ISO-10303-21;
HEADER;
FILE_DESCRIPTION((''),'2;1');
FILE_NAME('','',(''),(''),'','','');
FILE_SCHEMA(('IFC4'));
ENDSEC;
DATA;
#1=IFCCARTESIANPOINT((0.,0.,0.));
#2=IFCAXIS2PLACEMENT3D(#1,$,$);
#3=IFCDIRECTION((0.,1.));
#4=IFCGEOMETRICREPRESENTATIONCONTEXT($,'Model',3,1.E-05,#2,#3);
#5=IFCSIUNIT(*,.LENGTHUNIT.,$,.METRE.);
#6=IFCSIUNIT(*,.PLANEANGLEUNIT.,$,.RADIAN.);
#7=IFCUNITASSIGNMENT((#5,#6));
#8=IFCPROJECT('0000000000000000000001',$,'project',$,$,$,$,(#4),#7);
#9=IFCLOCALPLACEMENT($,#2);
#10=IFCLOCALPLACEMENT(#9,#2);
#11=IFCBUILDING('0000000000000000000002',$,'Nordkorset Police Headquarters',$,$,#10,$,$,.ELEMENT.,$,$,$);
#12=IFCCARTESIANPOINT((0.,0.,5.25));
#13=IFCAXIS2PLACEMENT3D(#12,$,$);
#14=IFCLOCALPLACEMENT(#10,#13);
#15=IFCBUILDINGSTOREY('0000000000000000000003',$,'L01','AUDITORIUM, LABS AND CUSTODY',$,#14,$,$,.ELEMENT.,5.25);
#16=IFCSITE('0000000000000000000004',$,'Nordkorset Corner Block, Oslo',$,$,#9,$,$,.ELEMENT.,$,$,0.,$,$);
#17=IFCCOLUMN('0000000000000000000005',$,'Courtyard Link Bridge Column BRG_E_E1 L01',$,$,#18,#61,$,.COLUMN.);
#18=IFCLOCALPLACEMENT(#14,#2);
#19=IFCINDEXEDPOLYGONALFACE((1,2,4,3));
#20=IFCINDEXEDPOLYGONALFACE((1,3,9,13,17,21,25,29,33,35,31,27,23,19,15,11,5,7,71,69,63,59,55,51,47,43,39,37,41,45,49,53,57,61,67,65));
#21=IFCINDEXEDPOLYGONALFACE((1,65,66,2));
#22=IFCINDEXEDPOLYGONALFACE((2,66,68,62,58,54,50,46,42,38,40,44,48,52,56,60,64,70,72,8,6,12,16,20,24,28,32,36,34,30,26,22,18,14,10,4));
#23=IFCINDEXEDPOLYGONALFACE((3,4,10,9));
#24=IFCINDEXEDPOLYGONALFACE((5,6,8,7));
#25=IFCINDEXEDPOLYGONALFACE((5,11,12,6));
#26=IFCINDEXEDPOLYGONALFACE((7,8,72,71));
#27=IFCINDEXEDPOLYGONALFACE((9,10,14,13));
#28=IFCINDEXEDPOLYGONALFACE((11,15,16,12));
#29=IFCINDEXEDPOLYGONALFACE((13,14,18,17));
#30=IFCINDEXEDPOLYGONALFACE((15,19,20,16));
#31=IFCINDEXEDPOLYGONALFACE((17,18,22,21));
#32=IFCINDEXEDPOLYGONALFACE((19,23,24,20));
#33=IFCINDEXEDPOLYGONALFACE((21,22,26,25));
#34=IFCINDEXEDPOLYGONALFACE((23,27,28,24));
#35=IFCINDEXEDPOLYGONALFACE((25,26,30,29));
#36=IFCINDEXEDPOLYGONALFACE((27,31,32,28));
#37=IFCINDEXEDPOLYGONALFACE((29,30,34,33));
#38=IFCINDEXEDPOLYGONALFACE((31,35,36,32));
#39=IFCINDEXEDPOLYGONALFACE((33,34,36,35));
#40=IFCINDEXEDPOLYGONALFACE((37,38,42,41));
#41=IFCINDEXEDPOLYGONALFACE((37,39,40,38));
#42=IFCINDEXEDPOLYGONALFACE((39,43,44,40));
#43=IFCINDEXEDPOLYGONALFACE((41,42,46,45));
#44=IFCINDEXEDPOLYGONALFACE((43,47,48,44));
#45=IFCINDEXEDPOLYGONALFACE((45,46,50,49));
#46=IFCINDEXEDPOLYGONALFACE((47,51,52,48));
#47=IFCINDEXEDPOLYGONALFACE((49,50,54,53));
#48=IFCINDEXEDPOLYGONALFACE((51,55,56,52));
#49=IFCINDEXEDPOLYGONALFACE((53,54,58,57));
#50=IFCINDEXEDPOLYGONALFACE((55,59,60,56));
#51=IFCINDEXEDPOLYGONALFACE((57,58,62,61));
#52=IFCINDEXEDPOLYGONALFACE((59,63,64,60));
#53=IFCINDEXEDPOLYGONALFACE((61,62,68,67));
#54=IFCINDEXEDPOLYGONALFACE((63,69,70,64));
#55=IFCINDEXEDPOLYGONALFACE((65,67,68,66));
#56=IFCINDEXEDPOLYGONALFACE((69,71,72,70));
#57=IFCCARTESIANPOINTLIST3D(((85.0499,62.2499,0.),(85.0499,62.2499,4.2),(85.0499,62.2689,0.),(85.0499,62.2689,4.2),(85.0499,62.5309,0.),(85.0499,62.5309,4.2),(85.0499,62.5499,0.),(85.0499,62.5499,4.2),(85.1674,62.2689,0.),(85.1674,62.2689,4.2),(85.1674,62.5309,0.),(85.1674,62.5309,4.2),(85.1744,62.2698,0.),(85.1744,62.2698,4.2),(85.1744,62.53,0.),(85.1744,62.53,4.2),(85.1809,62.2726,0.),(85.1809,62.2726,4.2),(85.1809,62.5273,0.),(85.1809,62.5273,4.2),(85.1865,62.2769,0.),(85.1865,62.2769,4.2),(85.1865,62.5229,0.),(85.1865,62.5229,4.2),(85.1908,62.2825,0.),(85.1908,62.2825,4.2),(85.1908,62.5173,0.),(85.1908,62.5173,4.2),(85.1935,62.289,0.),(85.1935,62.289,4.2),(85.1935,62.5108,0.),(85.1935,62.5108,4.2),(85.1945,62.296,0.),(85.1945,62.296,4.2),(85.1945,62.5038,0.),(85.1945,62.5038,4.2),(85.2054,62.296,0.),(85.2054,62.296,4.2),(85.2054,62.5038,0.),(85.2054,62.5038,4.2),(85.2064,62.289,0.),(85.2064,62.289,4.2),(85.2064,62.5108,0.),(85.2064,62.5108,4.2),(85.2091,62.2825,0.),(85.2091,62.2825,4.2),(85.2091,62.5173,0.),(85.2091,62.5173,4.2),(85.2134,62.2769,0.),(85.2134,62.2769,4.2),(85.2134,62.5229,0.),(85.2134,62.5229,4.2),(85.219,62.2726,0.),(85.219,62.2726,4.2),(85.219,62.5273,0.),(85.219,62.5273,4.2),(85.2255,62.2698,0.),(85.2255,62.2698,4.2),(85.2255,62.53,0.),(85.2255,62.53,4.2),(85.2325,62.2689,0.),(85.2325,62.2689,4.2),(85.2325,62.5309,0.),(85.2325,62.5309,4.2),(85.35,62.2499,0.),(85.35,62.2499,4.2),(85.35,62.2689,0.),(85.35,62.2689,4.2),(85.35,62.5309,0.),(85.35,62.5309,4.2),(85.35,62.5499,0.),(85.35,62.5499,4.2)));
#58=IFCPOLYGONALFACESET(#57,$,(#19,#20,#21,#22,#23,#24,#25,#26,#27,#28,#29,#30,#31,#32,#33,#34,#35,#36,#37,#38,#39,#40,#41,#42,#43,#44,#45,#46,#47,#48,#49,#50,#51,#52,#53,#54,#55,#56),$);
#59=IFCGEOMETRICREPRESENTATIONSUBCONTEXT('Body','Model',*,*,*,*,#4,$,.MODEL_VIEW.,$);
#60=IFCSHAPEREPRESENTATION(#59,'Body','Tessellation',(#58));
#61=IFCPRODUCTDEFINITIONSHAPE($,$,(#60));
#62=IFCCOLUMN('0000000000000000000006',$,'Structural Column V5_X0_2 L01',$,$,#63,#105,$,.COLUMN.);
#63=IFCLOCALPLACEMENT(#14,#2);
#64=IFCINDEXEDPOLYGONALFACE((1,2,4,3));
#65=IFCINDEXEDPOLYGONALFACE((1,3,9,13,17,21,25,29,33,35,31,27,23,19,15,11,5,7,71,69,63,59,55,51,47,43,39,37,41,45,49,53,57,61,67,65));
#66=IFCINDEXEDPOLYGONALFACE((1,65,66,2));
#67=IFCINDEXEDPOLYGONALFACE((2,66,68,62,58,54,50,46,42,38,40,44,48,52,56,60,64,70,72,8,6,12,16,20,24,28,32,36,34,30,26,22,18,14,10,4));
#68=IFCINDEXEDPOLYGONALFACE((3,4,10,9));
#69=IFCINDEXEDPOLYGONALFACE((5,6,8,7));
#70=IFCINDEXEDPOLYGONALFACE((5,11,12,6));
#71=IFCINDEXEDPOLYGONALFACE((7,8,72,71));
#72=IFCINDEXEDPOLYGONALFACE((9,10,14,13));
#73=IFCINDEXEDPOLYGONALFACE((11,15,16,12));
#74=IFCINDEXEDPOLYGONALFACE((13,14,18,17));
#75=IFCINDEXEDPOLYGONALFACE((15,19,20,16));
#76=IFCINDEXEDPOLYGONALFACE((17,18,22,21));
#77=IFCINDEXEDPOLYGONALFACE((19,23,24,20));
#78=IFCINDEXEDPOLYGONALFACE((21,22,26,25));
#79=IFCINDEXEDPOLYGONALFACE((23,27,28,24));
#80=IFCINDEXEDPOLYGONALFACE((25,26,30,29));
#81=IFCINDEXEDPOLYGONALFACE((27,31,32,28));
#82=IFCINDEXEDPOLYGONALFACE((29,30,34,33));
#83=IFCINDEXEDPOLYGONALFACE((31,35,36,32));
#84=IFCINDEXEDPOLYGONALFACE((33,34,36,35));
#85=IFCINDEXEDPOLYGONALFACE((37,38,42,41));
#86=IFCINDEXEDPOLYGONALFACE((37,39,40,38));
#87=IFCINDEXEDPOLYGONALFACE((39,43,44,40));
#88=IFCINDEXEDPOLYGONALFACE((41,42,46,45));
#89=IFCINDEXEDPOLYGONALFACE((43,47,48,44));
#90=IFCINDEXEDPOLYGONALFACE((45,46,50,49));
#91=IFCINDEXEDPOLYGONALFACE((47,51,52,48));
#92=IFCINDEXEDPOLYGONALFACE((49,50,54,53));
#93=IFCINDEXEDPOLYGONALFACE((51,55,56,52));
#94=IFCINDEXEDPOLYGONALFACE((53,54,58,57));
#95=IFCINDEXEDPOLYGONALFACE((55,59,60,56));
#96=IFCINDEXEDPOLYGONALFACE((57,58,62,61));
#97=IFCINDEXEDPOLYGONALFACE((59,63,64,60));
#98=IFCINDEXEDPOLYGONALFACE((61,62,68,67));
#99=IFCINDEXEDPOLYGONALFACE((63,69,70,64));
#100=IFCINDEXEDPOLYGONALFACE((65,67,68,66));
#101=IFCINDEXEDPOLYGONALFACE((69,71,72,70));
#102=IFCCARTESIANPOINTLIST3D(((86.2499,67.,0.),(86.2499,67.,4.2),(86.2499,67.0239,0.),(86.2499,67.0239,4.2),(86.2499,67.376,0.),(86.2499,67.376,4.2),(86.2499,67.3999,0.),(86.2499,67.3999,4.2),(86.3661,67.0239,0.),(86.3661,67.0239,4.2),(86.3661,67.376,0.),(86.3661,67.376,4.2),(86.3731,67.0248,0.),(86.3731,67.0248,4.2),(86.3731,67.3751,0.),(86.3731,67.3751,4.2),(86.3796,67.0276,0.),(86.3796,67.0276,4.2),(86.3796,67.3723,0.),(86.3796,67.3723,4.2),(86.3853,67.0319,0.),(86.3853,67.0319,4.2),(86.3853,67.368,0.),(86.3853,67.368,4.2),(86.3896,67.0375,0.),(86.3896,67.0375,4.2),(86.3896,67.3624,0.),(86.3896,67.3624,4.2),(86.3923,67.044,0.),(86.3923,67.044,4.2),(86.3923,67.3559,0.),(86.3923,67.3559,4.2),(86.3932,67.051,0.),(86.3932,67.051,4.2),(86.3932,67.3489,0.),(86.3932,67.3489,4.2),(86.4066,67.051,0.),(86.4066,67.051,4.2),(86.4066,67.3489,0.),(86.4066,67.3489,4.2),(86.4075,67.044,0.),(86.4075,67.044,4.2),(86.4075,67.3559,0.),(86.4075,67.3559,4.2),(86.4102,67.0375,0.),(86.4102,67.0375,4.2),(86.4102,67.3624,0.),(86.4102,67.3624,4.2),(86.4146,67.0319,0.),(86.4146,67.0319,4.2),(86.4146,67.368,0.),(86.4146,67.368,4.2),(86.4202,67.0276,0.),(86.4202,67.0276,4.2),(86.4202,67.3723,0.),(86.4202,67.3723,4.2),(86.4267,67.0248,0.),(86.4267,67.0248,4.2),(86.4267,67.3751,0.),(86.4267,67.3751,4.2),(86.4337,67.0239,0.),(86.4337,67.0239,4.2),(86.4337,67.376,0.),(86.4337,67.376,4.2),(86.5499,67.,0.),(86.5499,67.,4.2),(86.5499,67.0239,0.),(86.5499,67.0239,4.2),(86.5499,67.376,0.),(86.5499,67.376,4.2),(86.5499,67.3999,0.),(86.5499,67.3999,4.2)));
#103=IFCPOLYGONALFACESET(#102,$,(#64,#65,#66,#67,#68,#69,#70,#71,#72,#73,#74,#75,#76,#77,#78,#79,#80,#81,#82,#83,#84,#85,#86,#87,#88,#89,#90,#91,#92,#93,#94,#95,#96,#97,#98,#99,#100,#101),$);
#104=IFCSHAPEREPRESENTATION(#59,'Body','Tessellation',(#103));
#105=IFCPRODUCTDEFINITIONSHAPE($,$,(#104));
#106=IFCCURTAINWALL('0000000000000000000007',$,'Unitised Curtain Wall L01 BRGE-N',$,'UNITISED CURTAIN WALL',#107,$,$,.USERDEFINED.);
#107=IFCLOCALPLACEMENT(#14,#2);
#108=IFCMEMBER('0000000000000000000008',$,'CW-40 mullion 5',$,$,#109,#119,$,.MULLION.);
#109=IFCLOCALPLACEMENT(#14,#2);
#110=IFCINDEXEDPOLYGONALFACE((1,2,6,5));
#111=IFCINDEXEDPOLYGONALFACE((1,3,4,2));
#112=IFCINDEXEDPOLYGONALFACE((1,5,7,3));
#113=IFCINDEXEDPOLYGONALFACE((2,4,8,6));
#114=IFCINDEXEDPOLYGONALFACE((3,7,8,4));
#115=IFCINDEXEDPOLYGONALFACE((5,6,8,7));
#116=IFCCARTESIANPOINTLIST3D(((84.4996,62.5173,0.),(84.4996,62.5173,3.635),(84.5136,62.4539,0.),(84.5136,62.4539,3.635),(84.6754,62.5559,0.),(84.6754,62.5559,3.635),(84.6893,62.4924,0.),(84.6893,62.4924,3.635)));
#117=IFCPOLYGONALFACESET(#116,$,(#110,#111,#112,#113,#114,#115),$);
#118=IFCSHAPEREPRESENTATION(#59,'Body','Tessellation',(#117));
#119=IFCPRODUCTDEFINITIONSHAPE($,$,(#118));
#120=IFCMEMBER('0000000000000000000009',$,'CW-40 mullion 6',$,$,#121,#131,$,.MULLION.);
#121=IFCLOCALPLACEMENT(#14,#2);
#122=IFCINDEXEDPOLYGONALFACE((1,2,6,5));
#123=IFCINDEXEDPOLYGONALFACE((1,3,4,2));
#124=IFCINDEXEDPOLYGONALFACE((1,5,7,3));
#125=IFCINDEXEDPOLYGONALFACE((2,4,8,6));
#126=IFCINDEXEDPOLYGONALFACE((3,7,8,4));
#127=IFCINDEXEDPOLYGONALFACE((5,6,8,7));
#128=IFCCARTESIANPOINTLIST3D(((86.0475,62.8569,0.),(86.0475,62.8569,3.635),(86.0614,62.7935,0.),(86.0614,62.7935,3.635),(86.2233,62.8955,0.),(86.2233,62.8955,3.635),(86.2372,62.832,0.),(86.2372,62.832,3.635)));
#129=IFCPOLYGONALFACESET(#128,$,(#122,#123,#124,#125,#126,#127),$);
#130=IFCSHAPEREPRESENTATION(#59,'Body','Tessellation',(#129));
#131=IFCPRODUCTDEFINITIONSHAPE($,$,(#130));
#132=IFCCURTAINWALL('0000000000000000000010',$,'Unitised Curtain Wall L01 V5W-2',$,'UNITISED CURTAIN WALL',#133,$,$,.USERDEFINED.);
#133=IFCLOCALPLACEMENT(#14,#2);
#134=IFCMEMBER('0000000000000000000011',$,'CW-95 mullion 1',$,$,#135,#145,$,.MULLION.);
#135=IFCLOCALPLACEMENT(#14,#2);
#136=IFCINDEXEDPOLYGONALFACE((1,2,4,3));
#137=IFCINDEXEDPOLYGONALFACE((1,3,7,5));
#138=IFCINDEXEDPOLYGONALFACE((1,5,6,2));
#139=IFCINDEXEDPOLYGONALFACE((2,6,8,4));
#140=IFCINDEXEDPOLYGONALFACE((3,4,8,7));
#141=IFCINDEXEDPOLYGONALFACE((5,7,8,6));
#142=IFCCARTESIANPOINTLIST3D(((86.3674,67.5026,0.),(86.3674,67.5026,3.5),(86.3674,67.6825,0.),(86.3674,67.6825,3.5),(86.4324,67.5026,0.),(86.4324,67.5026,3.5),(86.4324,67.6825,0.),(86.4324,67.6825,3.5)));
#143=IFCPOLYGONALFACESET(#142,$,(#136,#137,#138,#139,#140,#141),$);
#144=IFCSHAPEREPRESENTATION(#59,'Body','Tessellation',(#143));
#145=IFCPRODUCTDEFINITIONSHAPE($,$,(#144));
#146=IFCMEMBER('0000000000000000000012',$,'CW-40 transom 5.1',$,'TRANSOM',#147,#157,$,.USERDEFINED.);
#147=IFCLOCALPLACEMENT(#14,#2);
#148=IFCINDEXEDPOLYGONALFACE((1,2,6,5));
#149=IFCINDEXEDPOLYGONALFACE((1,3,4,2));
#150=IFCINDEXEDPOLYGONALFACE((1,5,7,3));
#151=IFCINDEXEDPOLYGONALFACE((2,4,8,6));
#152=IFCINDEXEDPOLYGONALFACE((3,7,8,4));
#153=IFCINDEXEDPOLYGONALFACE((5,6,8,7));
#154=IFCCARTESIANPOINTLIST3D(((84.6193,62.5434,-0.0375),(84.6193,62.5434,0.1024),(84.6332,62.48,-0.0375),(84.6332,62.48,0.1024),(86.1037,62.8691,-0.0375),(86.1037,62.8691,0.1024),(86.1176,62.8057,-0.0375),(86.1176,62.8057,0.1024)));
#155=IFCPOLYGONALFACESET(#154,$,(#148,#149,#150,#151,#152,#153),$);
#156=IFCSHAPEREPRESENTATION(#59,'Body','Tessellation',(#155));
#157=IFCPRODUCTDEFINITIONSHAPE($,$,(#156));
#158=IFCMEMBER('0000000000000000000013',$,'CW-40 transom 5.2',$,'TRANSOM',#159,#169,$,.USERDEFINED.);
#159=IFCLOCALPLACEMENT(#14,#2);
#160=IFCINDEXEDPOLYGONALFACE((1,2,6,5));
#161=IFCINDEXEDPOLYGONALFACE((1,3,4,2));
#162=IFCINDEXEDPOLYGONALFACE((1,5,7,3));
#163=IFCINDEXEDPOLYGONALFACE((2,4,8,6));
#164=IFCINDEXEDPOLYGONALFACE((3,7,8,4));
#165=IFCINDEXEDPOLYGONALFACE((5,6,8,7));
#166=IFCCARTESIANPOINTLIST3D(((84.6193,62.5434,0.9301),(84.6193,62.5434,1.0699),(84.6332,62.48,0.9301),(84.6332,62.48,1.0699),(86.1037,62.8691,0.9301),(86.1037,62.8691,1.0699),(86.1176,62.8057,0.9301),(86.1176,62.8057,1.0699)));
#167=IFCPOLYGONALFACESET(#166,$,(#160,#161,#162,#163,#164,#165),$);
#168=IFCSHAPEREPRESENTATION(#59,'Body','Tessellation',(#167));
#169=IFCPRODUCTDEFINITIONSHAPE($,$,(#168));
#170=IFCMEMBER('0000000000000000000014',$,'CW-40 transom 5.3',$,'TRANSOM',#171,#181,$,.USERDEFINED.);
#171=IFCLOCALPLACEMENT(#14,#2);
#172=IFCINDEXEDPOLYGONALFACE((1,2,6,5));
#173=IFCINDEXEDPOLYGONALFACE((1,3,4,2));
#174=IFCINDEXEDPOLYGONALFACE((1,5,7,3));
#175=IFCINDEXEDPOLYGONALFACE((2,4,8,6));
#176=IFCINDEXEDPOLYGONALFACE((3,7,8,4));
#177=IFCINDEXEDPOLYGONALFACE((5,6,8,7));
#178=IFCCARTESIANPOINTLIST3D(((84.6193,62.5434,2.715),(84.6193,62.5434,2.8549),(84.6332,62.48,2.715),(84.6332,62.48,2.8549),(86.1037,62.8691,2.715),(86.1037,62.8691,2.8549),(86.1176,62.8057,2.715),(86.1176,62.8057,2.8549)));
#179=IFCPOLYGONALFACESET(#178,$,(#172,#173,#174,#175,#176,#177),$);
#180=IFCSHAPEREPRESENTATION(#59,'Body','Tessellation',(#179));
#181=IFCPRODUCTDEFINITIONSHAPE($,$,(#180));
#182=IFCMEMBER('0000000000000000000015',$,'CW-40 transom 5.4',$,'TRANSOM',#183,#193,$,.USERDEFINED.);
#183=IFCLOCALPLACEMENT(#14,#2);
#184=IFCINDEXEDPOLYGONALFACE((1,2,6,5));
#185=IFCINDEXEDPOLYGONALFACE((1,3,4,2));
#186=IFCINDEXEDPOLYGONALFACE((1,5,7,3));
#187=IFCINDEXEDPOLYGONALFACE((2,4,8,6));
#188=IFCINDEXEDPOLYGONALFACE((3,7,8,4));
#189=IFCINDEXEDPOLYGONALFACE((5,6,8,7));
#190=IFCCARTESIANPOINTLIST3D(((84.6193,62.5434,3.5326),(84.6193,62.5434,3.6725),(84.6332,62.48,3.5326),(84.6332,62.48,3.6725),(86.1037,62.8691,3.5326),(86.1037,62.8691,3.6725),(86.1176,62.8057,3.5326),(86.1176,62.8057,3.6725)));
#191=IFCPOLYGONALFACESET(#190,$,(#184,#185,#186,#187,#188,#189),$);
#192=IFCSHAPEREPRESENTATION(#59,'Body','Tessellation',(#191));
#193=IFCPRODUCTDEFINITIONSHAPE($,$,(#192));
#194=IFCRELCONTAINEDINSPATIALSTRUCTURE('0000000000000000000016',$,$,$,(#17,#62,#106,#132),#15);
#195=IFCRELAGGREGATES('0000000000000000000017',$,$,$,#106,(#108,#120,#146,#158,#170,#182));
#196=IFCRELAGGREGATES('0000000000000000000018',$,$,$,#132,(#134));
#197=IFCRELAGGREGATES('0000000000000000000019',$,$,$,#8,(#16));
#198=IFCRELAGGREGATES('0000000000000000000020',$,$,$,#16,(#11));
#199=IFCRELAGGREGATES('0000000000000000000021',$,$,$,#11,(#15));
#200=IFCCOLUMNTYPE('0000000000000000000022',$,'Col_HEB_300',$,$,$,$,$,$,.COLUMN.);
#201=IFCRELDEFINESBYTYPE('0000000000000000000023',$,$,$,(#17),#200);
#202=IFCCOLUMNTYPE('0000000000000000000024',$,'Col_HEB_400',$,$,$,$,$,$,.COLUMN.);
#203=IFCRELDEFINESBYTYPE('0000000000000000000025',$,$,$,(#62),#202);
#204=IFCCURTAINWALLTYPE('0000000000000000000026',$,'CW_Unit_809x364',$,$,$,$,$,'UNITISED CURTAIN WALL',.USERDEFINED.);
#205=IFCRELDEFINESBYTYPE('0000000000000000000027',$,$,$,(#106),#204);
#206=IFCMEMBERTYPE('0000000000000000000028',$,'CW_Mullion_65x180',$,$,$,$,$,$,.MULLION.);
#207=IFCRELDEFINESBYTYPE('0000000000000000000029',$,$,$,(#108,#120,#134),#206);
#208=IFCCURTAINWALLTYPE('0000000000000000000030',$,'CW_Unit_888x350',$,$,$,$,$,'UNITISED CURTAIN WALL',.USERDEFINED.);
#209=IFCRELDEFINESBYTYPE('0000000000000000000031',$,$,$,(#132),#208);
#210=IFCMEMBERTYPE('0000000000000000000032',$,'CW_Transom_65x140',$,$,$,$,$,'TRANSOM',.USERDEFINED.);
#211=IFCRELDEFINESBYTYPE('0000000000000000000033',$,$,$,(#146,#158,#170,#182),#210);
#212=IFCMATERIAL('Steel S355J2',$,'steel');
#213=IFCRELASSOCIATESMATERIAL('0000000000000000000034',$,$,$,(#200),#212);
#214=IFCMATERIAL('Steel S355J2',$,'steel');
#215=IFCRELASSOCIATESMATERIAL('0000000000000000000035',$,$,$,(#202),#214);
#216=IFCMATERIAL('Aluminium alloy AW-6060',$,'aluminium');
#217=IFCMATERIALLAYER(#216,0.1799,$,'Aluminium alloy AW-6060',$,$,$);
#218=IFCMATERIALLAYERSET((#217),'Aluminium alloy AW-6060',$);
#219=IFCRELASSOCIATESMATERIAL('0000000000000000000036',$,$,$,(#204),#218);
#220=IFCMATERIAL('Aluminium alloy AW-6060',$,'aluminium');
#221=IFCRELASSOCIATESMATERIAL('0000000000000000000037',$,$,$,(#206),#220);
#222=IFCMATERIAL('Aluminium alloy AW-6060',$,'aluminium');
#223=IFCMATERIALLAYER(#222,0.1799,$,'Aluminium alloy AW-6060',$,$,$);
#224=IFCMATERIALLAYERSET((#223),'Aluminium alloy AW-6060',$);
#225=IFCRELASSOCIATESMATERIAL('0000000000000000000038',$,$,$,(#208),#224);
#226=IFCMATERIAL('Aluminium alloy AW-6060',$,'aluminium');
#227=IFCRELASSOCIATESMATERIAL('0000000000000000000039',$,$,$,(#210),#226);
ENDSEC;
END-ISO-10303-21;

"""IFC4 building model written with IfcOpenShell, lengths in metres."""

from ifc_helpers import new_model, si_unit, direction, frame, origin, origin_2d, place, context, subcontext, project, spatial, rectangle, i_section, extrude, material, layer, layer_set, material_profile, profile_set, type_object, element, aggregate, save


model = new_model("IFC4")

# Units and contexts
model_context = context("Model", 3, precision=1e-05, world=origin(), true_north=direction((0.0, 1.0)))
body_context = subcontext(model_context, "Body", "Model", "MODEL_VIEW")
ifc_project = project(units=[si_unit("LENGTHUNIT", "METRE"), si_unit("PLANEANGLEUNIT", "RADIAN")], contexts=[model_context])

# Site, building, storey
site_placement = place(None, origin())
site = spatial("IfcSite", under=ifc_project, at=site_placement, Name="Nordkorset Corner Block, Oslo", CompositionType="ELEMENT", RefElevation=0.0)
building_placement = place(site_placement, origin())
building = spatial("IfcBuilding", under=site, at=building_placement, Name="Nordkorset Police Headquarters", CompositionType="ELEMENT")
storey_placement = place(building_placement, frame((0.0, 0.0, 5.25)))
storey = spatial("IfcBuildingStorey", under=building, at=storey_placement, Name="L01", Description="AUDITORIUM, LABS AND CUSTODY", CompositionType="ELEMENT", Elevation=5.25)

# Columns
ifc_material_1 = material(Name="Steel S355J2", Category="steel")
ifc_material_profile_1 = material_profile(ifc_material_1, i_section(OverallWidth=0.3, OverallDepth=0.3, WebThickness=0.011, FlangeThickness=0.019, FilletRadius=0.0271, at=origin_2d()), Name="HEB 300")
ifc_profile_set_1 = profile_set([ifc_material_profile_1], Name="Steel S355J2")
column_type_1 = type_object("IfcColumnType", Name="Col_HEB_300", PredefinedType="COLUMN", material=ifc_profile_set_1)
column_1_placement = place(storey_placement, frame((85.2, 62.3999, 0.0), z_axis=(0.0, 0.0, 1.0), x_axis=(1.0, 0.0, 0.0)))
element("IfcColumn", 1, at=column_1_placement, inside=storey, type_object=column_type_1, Name="Courtyard Link Bridge Column BRG_E_E1 L01", PredefinedType="COLUMN", context=body_context, shape_type="SweptSolid", body=[
    extrude(i_section(OverallWidth=0.3, OverallDepth=0.3, WebThickness=0.011, FlangeThickness=0.019, FilletRadius=0.0271, at=origin_2d()), origin(), (0.0, 0.0, 1.0), 4.2),
])
ifc_material_2 = material(Name="Steel S355J2", Category="steel")
ifc_material_profile_2 = material_profile(ifc_material_2, i_section(OverallWidth=0.3, OverallDepth=0.3999, WebThickness=0.0134, FlangeThickness=0.0239, FilletRadius=0.0271, at=origin_2d()), Name="HEB 400")
ifc_profile_set_2 = profile_set([ifc_material_profile_2], Name="Steel S355J2")
column_type_2 = type_object("IfcColumnType", Name="Col_HEB_400", PredefinedType="COLUMN", material=ifc_profile_set_2)
column_2_placement = place(storey_placement, frame((86.3999, 67.2, 0.0), z_axis=(0.0, 0.0, 1.0), x_axis=(1.0, 0.0, 0.0)))
element("IfcColumn", 2, at=column_2_placement, inside=storey, type_object=column_type_2, Name="Structural Column V5_X0_2 L01", PredefinedType="COLUMN", context=body_context, shape_type="SweptSolid", body=[
    extrude(i_section(OverallWidth=0.3, OverallDepth=0.3999, WebThickness=0.0134, FlangeThickness=0.0239, FilletRadius=0.0271, at=origin_2d()), origin(), (0.0, 0.0, 1.0), 4.2),
])

# Curtain wall, members
ifc_material_3 = material(Name="Aluminium alloy AW-6060", Category="aluminium")
ifc_layer_1 = layer(ifc_material_3, 0.1799, Name="Aluminium alloy AW-6060")
ifc_layer_set_1 = layer_set([ifc_layer_1], Name="Aluminium alloy AW-6060")
curtain_wall_type_1 = type_object("IfcCurtainWallType", Name="CW_Unit_809x364", ElementType="UNITISED CURTAIN WALL", PredefinedType="USERDEFINED", material=ifc_layer_set_1)
curtain_wall_1_placement = place(storey_placement, origin())
curtain_wall_1 = element("IfcCurtainWall", 3, at=curtain_wall_1_placement, inside=storey, type_object=curtain_wall_type_1, Name="Unitised Curtain Wall L01 BRGE-N", ObjectType="UNITISED CURTAIN WALL", PredefinedType="USERDEFINED")
ifc_material_4 = material(Name="Aluminium alloy AW-6060", Category="aluminium")
ifc_material_profile_3 = material_profile(ifc_material_4, rectangle(XDim=0.0649, YDim=0.1799, at=origin_2d()), Name="ALU MULL 65x180")
ifc_profile_set_3 = profile_set([ifc_material_profile_3], Name="Aluminium alloy AW-6060")
member_type_1 = type_object("IfcMemberType", Name="CW_Mullion_65x180", PredefinedType="MULLION", material=ifc_profile_set_3)
member_1_placement = place(storey_placement, frame((84.5945, 62.5049, 0.0), z_axis=(0.0, 0.0, 1.0), x_axis=(-0.214298, 0.976768, 0.0)))
member_1 = element("IfcMember", 4, at=member_1_placement, type_object=member_type_1, Name="CW-40 mullion 5", PredefinedType="MULLION", context=body_context, shape_type="SweptSolid", body=[
    extrude(rectangle(XDim=0.0649, YDim=0.1799, at=origin_2d()), origin(), (0.0, 0.0, 1.0), 3.635),
])
member_2_placement = place(storey_placement, frame((86.1423, 62.8445, 0.0), z_axis=(0.0, 0.0, 1.0), x_axis=(-0.214298, 0.976768, 0.0)))
member_2 = element("IfcMember", 5, at=member_2_placement, type_object=member_type_1, Name="CW-40 mullion 6", PredefinedType="MULLION", context=body_context, shape_type="SweptSolid", body=[
    extrude(rectangle(XDim=0.0649, YDim=0.1799, at=origin_2d()), origin(), (0.0, 0.0, 1.0), 3.635),
])

# Curtain wall, member
ifc_material_5 = material(Name="Aluminium alloy AW-6060", Category="aluminium")
ifc_layer_2 = layer(ifc_material_5, 0.1799, Name="Aluminium alloy AW-6060")
ifc_layer_set_2 = layer_set([ifc_layer_2], Name="Aluminium alloy AW-6060")
curtain_wall_type_2 = type_object("IfcCurtainWallType", Name="CW_Unit_888x350", ElementType="UNITISED CURTAIN WALL", PredefinedType="USERDEFINED", material=ifc_layer_set_2)
curtain_wall_2_placement = place(storey_placement, origin())
curtain_wall_2 = element("IfcCurtainWall", 6, at=curtain_wall_2_placement, inside=storey, type_object=curtain_wall_type_2, Name="Unitised Curtain Wall L01 V5W-2", ObjectType="UNITISED CURTAIN WALL", PredefinedType="USERDEFINED")
member_3_placement = place(storey_placement, frame((86.3999, 67.5925, 0.0), z_axis=(0.0, 0.0, 1.0), x_axis=(-1.0, 0.0, 0.0)))
member_3 = element("IfcMember", 7, at=member_3_placement, type_object=member_type_1, Name="CW-95 mullion 1", PredefinedType="MULLION", context=body_context, shape_type="SweptSolid", body=[
    extrude(rectangle(XDim=0.0649, YDim=0.1799, at=origin_2d()), origin(), (0.0, 0.0, 1.0), 3.5),
])

# Members
ifc_material_6 = material(Name="Aluminium alloy AW-6060", Category="aluminium")
ifc_material_profile_4 = material_profile(ifc_material_6, rectangle(XDim=0.0649, YDim=0.1399, at=origin_2d()), Name="ALU TRAN 65x140")
ifc_profile_set_4 = profile_set([ifc_material_profile_4], Name="Aluminium alloy AW-6060")
member_type_2 = type_object("IfcMemberType", Name="CW_Transom_65x140", ElementType="TRANSOM", PredefinedType="USERDEFINED", material=ifc_profile_set_4)
member_4_placement = place(storey_placement, frame((84.6262, 62.5117, 0.0325), z_axis=(0.976766, 0.21431, 0.0), x_axis=(-0.21431, 0.976766, 0.0)))
member_4 = element("IfcMember", 8, at=member_4_placement, type_object=member_type_2, Name="CW-40 transom 5.1", ObjectType="TRANSOM", PredefinedType="USERDEFINED", context=body_context, shape_type="SweptSolid", body=[
    extrude(rectangle(XDim=0.0649, YDim=0.1399, at=origin_2d()), origin(), (0.0, 0.0, 1.0), 1.5198),
])
member_5_placement = place(storey_placement, frame((84.6262, 62.5117, 1.0), z_axis=(0.976766, 0.21431, 0.0), x_axis=(-0.21431, 0.976766, 0.0)))
member_5 = element("IfcMember", 9, at=member_5_placement, type_object=member_type_2, Name="CW-40 transom 5.2", ObjectType="TRANSOM", PredefinedType="USERDEFINED", context=body_context, shape_type="SweptSolid", body=[
    extrude(rectangle(XDim=0.0649, YDim=0.1399, at=origin_2d()), origin(), (0.0, 0.0, 1.0), 1.5198),
])
member_6_placement = place(storey_placement, frame((84.6262, 62.5117, 2.7849), z_axis=(0.976766, 0.21431, 0.0), x_axis=(-0.21431, 0.976766, 0.0)))
member_6 = element("IfcMember", 10, at=member_6_placement, type_object=member_type_2, Name="CW-40 transom 5.3", ObjectType="TRANSOM", PredefinedType="USERDEFINED", context=body_context, shape_type="SweptSolid", body=[
    extrude(rectangle(XDim=0.0649, YDim=0.1399, at=origin_2d()), origin(), (0.0, 0.0, 1.0), 1.5198),
])
member_7_placement = place(storey_placement, frame((84.6262, 62.5117, 3.6025), z_axis=(0.976766, 0.21431, 0.0), x_axis=(-0.21431, 0.976766, 0.0)))
member_7 = element("IfcMember", 11, at=member_7_placement, type_object=member_type_2, Name="CW-40 transom 5.4", ObjectType="TRANSOM", PredefinedType="USERDEFINED", context=body_context, shape_type="SweptSolid", body=[
    extrude(rectangle(XDim=0.0649, YDim=0.1399, at=origin_2d()), origin(), (0.0, 0.0, 1.0), 1.5198),
])

aggregate(curtain_wall_1, [member_1, member_2, member_4, member_5, member_6, member_7])
aggregate(curtain_wall_2, [member_3])

save(model, "model.ifc")
